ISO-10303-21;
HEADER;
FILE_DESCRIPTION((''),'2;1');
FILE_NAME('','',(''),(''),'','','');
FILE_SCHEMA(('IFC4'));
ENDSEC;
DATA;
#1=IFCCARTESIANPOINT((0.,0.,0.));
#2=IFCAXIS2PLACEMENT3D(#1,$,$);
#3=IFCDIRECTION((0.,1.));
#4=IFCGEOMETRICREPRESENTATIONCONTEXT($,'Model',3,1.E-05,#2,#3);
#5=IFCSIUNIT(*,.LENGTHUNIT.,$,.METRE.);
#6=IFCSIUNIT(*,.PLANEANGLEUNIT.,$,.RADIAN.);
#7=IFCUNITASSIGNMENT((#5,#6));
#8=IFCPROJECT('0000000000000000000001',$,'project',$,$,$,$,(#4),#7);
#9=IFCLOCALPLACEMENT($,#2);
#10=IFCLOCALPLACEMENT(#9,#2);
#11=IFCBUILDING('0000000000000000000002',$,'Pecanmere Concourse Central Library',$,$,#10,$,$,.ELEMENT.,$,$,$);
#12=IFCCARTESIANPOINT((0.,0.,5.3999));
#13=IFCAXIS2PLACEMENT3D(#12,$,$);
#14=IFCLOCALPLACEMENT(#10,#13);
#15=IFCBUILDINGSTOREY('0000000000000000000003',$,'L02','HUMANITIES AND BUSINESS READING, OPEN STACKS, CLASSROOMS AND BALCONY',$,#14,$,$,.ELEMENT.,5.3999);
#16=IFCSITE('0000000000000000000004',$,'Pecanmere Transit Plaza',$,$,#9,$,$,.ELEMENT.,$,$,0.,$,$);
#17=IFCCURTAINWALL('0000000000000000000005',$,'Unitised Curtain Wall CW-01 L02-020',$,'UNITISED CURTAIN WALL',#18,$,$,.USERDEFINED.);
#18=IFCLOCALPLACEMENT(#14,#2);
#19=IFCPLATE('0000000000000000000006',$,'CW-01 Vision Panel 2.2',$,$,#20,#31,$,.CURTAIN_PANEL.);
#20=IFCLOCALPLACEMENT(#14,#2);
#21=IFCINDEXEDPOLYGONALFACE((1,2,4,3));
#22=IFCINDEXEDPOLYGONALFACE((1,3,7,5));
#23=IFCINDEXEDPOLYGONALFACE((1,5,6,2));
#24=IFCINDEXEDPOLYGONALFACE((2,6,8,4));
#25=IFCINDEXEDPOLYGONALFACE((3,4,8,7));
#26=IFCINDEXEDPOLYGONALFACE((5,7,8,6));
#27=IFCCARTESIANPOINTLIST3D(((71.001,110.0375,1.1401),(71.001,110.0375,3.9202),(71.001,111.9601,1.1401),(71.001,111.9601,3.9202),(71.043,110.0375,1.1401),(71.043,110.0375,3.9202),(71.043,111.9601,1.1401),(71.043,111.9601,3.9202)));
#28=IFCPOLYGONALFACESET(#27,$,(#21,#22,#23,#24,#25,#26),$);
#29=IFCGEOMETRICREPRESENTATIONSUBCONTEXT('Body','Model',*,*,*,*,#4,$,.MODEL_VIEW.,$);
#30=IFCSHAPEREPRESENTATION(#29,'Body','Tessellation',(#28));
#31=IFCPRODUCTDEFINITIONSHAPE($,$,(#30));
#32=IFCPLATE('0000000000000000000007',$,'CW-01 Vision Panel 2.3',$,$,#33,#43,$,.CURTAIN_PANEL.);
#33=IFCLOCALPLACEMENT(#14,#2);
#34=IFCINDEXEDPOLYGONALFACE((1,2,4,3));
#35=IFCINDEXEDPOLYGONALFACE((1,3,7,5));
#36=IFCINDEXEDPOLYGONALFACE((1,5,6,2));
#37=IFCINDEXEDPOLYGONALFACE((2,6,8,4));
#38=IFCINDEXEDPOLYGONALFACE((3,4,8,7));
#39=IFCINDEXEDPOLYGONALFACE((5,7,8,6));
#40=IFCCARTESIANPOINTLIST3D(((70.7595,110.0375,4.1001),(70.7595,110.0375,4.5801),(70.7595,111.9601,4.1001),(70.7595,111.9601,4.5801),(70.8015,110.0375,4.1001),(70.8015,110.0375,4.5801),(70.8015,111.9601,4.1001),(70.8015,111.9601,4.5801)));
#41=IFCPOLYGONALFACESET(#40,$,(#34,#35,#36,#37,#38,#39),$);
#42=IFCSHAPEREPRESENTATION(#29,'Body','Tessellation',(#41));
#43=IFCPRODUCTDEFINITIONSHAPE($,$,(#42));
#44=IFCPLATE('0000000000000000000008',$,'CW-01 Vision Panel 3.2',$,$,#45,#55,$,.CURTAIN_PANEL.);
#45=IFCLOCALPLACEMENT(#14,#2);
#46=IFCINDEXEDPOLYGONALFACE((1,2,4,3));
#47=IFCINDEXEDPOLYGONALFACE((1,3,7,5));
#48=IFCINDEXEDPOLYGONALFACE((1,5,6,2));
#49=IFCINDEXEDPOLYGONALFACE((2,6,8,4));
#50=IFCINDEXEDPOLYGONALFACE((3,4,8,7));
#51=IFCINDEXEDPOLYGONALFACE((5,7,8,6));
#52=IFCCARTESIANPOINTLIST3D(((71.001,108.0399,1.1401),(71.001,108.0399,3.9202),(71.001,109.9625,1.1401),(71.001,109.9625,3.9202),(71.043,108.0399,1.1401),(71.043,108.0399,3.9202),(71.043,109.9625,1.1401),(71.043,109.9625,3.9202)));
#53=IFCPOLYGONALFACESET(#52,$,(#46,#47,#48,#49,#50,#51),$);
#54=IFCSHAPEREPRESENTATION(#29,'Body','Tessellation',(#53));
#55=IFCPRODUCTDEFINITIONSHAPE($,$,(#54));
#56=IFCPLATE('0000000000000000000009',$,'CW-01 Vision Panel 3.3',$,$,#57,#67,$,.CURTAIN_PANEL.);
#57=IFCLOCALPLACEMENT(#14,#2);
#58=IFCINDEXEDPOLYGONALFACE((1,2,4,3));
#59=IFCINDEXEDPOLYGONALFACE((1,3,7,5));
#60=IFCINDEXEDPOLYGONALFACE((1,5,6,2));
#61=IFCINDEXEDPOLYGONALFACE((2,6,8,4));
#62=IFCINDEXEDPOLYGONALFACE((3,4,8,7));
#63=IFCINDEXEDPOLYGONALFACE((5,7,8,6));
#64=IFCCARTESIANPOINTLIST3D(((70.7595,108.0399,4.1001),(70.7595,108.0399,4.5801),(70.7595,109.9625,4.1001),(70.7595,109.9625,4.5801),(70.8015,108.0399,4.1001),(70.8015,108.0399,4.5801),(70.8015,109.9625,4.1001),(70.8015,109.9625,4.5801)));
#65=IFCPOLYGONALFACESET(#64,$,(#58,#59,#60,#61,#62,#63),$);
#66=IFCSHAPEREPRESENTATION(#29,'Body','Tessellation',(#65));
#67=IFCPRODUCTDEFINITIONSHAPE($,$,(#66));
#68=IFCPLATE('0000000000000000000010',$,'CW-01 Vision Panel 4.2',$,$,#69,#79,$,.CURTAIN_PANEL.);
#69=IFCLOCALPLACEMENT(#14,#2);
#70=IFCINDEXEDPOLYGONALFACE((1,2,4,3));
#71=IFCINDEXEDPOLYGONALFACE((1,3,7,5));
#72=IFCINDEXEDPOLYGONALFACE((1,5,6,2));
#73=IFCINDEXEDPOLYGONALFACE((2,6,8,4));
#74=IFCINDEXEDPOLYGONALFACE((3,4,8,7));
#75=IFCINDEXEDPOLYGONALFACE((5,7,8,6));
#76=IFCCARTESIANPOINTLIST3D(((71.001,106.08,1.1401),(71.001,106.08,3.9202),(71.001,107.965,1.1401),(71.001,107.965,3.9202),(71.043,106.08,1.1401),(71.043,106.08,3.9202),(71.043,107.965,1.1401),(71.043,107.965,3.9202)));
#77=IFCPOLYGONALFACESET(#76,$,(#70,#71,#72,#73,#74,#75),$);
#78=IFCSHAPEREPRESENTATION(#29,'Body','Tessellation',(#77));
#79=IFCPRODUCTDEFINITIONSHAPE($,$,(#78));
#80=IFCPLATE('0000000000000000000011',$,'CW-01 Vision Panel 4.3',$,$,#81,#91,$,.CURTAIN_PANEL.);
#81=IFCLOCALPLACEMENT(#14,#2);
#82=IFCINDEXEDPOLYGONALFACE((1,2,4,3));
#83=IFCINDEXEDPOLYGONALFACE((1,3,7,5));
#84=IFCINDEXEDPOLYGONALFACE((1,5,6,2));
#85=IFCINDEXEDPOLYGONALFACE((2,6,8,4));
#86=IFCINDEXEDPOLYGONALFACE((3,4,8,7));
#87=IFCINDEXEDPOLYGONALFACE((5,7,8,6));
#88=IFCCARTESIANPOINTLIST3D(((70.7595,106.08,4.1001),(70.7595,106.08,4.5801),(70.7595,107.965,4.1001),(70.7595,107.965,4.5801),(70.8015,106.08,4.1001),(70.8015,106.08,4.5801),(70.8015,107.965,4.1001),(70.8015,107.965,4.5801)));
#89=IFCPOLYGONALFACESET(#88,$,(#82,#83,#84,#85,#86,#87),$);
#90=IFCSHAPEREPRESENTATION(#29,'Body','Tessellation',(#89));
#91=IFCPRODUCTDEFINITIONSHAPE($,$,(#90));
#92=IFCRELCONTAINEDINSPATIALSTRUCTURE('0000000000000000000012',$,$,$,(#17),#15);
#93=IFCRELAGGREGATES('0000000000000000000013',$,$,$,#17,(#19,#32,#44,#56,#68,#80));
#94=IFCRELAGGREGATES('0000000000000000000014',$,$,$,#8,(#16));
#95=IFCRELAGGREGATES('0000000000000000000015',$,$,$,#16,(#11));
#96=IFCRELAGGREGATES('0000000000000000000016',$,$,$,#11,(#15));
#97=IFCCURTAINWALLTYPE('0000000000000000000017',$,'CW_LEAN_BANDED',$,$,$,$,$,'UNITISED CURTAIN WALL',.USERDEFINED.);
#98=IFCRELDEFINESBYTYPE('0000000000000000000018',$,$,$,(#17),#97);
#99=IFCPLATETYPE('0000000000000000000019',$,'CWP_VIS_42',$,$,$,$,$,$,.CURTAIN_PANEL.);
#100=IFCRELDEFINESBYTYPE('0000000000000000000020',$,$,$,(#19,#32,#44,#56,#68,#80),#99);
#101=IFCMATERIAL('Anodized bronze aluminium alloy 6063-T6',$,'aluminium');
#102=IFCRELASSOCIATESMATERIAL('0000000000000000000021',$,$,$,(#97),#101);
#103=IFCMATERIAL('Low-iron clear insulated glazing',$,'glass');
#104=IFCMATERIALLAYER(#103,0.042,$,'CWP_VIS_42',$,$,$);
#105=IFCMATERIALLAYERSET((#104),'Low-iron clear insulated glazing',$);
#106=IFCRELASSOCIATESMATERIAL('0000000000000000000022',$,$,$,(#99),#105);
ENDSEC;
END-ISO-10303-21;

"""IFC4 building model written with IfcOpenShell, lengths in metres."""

from ifc_helpers import new_model, si_unit, direction, frame, origin, origin_2d, place, context, subcontext, project, spatial, rectangle, extrude, material, layer, layer_set, type_object, element, aggregate, save


model = new_model("IFC4")

# Units and contexts
model_context = context("Model", 3, precision=1e-05, world=origin(), true_north=direction((0.0, 1.0)))
body_context = subcontext(model_context, "Body", "Model", "MODEL_VIEW")
ifc_project = project(units=[si_unit("LENGTHUNIT", "METRE"), si_unit("PLANEANGLEUNIT", "RADIAN")], contexts=[model_context])

# Site, building, storey
site_placement = place(None, origin())
site = spatial("IfcSite", under=ifc_project, at=site_placement, Name="Pecanmere Transit Plaza", CompositionType="ELEMENT", RefElevation=0.0)
building_placement = place(site_placement, origin())
building = spatial("IfcBuilding", under=site, at=building_placement, Name="Pecanmere Concourse Central Library", CompositionType="ELEMENT")
storey_placement = place(building_placement, frame((0.0, 0.0, 5.3999)))
storey = spatial("IfcBuildingStorey", under=building, at=storey_placement, Name="L02", Description="HUMANITIES AND BUSINESS READING, OPEN STACKS, CLASSROOMS AND BALCONY", CompositionType="ELEMENT", Elevation=5.3999)

# Curtain wall
ifc_material_1 = material(Name="Anodized bronze aluminium alloy 6063-T6", Category="aluminium")
curtain_wall_type = type_object("IfcCurtainWallType", Name="CW_LEAN_BANDED", ElementType="UNITISED CURTAIN WALL", PredefinedType="USERDEFINED", material=ifc_material_1)
curtain_wall_1_placement = place(storey_placement, origin())
curtain_wall_1 = element("IfcCurtainWall", 1, at=curtain_wall_1_placement, inside=storey, type_object=curtain_wall_type, Name="Unitised Curtain Wall CW-01 L02-020", ObjectType="UNITISED CURTAIN WALL", PredefinedType="USERDEFINED")

# Plates
ifc_material_2 = material(Name="Low-iron clear insulated glazing", Category="glass")
ifc_layer = layer(ifc_material_2, 0.042, Name="CWP_VIS_42")
ifc_layer_set = layer_set([ifc_layer], Name="Low-iron clear insulated glazing")
plate_type = type_object("IfcPlateType", Name="CWP_VIS_42", PredefinedType="CURTAIN_PANEL", material=ifc_layer_set)
plate_1_placement = place(storey_placement, frame((71.022, 110.9988, 1.1401), z_axis=(0.0, 0.0, 1.0), x_axis=(0.0, -1.0, 0.0)))
plate_1 = element("IfcPlate", 2, at=plate_1_placement, type_object=plate_type, Name="CW-01 Vision Panel 2.2", PredefinedType="CURTAIN_PANEL", context=body_context, shape_type="SweptSolid", body=[
    extrude(rectangle(XDim=1.9226, YDim=0.042, at=origin_2d()), origin(), (0.0, 0.0, 1.0), 2.78),
])
plate_2_placement = place(storey_placement, frame((70.7805, 110.9988, 4.1001), z_axis=(0.0, 0.0, 1.0), x_axis=(0.0, -1.0, 0.0)))
plate_2 = element("IfcPlate", 3, at=plate_2_placement, type_object=plate_type, Name="CW-01 Vision Panel 2.3", PredefinedType="CURTAIN_PANEL", context=body_context, shape_type="SweptSolid", body=[
    extrude(rectangle(XDim=1.9226, YDim=0.042, at=origin_2d()), origin(), (0.0, 0.0, 1.0), 0.48),
])
plate_3_placement = place(storey_placement, frame((71.022, 109.0012, 1.1401), z_axis=(0.0, 0.0, 1.0), x_axis=(0.0, -1.0, 0.0)))
plate_3 = element("IfcPlate", 4, at=plate_3_placement, type_object=plate_type, Name="CW-01 Vision Panel 3.2", PredefinedType="CURTAIN_PANEL", context=body_context, shape_type="SweptSolid", body=[
    extrude(rectangle(XDim=1.9226, YDim=0.042, at=origin_2d()), origin(), (0.0, 0.0, 1.0), 2.78),
])
plate_4_placement = place(storey_placement, frame((70.7805, 109.0012, 4.1001), z_axis=(0.0, 0.0, 1.0), x_axis=(0.0, -1.0, 0.0)))
plate_4 = element("IfcPlate", 5, at=plate_4_placement, type_object=plate_type, Name="CW-01 Vision Panel 3.3", PredefinedType="CURTAIN_PANEL", context=body_context, shape_type="SweptSolid", body=[
    extrude(rectangle(XDim=1.9226, YDim=0.042, at=origin_2d()), origin(), (0.0, 0.0, 1.0), 0.48),
])
plate_5_placement = place(storey_placement, frame((71.022, 107.0225, 1.1401), z_axis=(0.0, 0.0, 1.0), x_axis=(0.0, -1.0, 0.0)))
plate_5 = element("IfcPlate", 6, at=plate_5_placement, type_object=plate_type, Name="CW-01 Vision Panel 4.2", PredefinedType="CURTAIN_PANEL", context=body_context, shape_type="SweptSolid", body=[
    extrude(rectangle(XDim=1.885, YDim=0.042, at=origin_2d()), origin(), (0.0, 0.0, 1.0), 2.78),
])
plate_6_placement = place(storey_placement, frame((70.7805, 107.0225, 4.1001), z_axis=(0.0, 0.0, 1.0), x_axis=(0.0, -1.0, 0.0)))
plate_6 = element("IfcPlate", 7, at=plate_6_placement, type_object=plate_type, Name="CW-01 Vision Panel 4.3", PredefinedType="CURTAIN_PANEL", context=body_context, shape_type="SweptSolid", body=[
    extrude(rectangle(XDim=1.885, YDim=0.042, at=origin_2d()), origin(), (0.0, 0.0, 1.0), 0.48),
])
aggregate(curtain_wall_1, [plate_1, plate_2, plate_3, plate_4, plate_5, plate_6])

save(model, "model.ifc")
